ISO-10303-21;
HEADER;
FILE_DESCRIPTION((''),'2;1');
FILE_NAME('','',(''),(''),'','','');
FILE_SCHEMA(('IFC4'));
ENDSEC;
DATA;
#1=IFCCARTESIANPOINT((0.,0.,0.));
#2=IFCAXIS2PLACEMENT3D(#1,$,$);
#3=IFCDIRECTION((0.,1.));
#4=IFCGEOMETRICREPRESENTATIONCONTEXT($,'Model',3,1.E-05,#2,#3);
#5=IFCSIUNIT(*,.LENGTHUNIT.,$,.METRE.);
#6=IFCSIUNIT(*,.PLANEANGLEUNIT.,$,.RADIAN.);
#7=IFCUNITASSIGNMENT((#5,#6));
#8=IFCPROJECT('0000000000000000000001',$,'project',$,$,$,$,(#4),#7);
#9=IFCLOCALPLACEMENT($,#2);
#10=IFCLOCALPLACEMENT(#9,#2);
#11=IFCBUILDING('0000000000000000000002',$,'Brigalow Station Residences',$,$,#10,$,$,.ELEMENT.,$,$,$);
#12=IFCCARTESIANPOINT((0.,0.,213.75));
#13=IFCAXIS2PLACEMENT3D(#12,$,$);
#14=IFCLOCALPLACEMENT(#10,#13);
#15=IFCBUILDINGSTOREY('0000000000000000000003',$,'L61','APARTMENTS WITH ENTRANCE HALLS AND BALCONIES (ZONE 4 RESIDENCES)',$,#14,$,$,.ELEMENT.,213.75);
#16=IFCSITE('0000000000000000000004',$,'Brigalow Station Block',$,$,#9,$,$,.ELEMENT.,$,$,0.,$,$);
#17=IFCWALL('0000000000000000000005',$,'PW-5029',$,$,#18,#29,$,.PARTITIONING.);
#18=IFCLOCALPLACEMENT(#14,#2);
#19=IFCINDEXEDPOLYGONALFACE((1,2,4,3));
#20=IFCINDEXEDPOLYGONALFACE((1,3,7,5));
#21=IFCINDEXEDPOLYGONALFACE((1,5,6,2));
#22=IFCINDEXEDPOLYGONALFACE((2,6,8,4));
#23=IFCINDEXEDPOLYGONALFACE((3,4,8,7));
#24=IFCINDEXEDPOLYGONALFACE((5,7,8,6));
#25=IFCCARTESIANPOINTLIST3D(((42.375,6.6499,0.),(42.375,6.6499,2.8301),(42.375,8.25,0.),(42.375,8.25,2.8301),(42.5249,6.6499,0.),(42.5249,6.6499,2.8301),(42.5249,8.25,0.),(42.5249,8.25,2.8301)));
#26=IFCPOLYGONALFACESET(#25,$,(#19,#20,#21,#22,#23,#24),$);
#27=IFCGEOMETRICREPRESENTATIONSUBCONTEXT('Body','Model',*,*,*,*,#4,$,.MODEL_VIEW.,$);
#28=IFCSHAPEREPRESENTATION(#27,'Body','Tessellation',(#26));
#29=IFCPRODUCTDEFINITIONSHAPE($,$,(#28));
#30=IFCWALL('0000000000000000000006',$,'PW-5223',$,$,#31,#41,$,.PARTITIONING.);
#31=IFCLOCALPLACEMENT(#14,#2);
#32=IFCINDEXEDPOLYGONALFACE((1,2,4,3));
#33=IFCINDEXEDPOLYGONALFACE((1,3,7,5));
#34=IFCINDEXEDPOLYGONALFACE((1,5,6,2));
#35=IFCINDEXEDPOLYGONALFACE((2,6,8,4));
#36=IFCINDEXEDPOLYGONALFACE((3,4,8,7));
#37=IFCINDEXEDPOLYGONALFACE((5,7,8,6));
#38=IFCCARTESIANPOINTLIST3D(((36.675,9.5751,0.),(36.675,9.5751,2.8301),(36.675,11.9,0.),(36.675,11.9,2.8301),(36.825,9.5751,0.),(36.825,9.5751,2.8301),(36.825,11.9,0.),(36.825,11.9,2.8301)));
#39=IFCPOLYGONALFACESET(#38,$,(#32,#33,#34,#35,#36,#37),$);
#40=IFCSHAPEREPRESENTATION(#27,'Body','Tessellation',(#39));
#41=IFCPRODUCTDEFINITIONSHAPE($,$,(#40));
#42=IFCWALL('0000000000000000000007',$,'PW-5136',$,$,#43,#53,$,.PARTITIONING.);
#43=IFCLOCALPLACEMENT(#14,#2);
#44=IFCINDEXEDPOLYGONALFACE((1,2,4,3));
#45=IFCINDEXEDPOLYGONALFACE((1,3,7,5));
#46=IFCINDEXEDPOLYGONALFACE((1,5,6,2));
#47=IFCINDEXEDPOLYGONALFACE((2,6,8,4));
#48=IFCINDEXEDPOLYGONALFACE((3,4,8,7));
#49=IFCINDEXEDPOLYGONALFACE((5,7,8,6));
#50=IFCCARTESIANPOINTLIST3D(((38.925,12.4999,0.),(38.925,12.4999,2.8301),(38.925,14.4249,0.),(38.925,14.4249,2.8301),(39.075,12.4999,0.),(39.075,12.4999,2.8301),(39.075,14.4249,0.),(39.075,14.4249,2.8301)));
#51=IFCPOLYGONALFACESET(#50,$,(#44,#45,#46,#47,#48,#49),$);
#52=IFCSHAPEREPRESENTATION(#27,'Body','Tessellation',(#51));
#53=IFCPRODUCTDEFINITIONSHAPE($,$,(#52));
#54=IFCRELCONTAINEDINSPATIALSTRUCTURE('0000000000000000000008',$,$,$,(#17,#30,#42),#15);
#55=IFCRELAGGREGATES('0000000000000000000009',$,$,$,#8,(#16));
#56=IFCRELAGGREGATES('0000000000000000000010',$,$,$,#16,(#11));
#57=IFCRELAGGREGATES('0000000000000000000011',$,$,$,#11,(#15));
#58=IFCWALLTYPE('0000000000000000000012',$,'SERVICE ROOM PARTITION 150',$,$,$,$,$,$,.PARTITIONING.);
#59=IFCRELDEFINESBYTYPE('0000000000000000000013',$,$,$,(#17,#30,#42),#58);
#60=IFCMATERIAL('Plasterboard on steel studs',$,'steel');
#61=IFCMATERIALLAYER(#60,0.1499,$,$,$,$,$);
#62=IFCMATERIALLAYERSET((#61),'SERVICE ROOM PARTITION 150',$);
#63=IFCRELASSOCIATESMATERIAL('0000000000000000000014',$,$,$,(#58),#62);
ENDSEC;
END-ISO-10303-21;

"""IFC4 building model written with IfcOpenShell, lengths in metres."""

from ifc_helpers import new_model, si_unit, direction, frame, frame_2d, origin, place, context, subcontext, project, spatial, rectangle, extrude, material, layer, layer_set, type_object, element, save


model = new_model("IFC4")

# Units and contexts
model_context = context("Model", 3, precision=1e-05, world=origin(), true_north=direction((0.0, 1.0)))
body_context = subcontext(model_context, "Body", "Model", "MODEL_VIEW")
ifc_project = project(units=[si_unit("LENGTHUNIT", "METRE"), si_unit("PLANEANGLEUNIT", "RADIAN")], contexts=[model_context])

# Site, building, storey
site_placement = place(None, origin())
site = spatial("IfcSite", under=ifc_project, at=site_placement, Name="Brigalow Station Block", CompositionType="ELEMENT", RefElevation=0.0)
building_placement = place(site_placement, origin())
building = spatial("IfcBuilding", under=site, at=building_placement, Name="Brigalow Station Residences", CompositionType="ELEMENT")
storey_placement = place(building_placement, frame((0.0, 0.0, 213.75)))
storey = spatial("IfcBuildingStorey", under=building, at=storey_placement, Name="L61", Description="APARTMENTS WITH ENTRANCE HALLS AND BALCONIES (ZONE 4 RESIDENCES)", CompositionType="ELEMENT", Elevation=213.75)

# Shared definitions
ifc_material_1 = material(Name="Plasterboard on steel studs", Category="steel")
ifc_layer_1 = layer(ifc_material_1, 0.1499)
ifc_layer_set_1 = layer_set([ifc_layer_1], Name="SERVICE ROOM PARTITION 150")
wall_type_1 = type_object("IfcWallType", Name="SERVICE ROOM PARTITION 150", PredefinedType="PARTITIONING", material=ifc_layer_set_1)

# Walls
wall_1_placement = place(storey_placement, frame((42.45, 6.6499, 0.0), z_axis=(0.0, 0.0, 1.0), x_axis=(0.0, 1.0, 0.0)))
element("IfcWall", 1, at=wall_1_placement, inside=storey, type_object=wall_type_1, Name="PW-5029", PredefinedType="PARTITIONING", context=body_context, shape_type="SweptSolid", body=[
    extrude(rectangle(XDim=1.6001, YDim=0.1499, at=frame_2d((0.8, 0.0))), origin(), (0.0, 0.0, 1.0), 2.8301),
])
wall_2_placement = place(storey_placement, frame((36.75, 9.575, 0.0), z_axis=(0.0, 0.0, 1.0), x_axis=(0.0, 1.0, 0.0)))
element("IfcWall", 2, at=wall_2_placement, inside=storey, type_object=wall_type_1, Name="PW-5223", PredefinedType="PARTITIONING", context=body_context, shape_type="SweptSolid", body=[
    extrude(rectangle(XDim=2.325, YDim=0.1499, at=frame_2d((1.1626, 0.0))), origin(), (0.0, 0.0, 1.0), 2.8301),
])
wall_3_placement = place(storey_placement, frame((39.0, 12.5, 0.0), z_axis=(0.0, 0.0, 1.0), x_axis=(0.0, 1.0, 0.0)))
element("IfcWall", 3, at=wall_3_placement, inside=storey, type_object=wall_type_1, Name="PW-5136", PredefinedType="PARTITIONING", context=body_context, shape_type="SweptSolid", body=[
    extrude(rectangle(XDim=1.925, YDim=0.1499, at=frame_2d((0.9624, 0.0))), origin(), (0.0, 0.0, 1.0), 2.8301),
])

save(model, "model.ifc")
